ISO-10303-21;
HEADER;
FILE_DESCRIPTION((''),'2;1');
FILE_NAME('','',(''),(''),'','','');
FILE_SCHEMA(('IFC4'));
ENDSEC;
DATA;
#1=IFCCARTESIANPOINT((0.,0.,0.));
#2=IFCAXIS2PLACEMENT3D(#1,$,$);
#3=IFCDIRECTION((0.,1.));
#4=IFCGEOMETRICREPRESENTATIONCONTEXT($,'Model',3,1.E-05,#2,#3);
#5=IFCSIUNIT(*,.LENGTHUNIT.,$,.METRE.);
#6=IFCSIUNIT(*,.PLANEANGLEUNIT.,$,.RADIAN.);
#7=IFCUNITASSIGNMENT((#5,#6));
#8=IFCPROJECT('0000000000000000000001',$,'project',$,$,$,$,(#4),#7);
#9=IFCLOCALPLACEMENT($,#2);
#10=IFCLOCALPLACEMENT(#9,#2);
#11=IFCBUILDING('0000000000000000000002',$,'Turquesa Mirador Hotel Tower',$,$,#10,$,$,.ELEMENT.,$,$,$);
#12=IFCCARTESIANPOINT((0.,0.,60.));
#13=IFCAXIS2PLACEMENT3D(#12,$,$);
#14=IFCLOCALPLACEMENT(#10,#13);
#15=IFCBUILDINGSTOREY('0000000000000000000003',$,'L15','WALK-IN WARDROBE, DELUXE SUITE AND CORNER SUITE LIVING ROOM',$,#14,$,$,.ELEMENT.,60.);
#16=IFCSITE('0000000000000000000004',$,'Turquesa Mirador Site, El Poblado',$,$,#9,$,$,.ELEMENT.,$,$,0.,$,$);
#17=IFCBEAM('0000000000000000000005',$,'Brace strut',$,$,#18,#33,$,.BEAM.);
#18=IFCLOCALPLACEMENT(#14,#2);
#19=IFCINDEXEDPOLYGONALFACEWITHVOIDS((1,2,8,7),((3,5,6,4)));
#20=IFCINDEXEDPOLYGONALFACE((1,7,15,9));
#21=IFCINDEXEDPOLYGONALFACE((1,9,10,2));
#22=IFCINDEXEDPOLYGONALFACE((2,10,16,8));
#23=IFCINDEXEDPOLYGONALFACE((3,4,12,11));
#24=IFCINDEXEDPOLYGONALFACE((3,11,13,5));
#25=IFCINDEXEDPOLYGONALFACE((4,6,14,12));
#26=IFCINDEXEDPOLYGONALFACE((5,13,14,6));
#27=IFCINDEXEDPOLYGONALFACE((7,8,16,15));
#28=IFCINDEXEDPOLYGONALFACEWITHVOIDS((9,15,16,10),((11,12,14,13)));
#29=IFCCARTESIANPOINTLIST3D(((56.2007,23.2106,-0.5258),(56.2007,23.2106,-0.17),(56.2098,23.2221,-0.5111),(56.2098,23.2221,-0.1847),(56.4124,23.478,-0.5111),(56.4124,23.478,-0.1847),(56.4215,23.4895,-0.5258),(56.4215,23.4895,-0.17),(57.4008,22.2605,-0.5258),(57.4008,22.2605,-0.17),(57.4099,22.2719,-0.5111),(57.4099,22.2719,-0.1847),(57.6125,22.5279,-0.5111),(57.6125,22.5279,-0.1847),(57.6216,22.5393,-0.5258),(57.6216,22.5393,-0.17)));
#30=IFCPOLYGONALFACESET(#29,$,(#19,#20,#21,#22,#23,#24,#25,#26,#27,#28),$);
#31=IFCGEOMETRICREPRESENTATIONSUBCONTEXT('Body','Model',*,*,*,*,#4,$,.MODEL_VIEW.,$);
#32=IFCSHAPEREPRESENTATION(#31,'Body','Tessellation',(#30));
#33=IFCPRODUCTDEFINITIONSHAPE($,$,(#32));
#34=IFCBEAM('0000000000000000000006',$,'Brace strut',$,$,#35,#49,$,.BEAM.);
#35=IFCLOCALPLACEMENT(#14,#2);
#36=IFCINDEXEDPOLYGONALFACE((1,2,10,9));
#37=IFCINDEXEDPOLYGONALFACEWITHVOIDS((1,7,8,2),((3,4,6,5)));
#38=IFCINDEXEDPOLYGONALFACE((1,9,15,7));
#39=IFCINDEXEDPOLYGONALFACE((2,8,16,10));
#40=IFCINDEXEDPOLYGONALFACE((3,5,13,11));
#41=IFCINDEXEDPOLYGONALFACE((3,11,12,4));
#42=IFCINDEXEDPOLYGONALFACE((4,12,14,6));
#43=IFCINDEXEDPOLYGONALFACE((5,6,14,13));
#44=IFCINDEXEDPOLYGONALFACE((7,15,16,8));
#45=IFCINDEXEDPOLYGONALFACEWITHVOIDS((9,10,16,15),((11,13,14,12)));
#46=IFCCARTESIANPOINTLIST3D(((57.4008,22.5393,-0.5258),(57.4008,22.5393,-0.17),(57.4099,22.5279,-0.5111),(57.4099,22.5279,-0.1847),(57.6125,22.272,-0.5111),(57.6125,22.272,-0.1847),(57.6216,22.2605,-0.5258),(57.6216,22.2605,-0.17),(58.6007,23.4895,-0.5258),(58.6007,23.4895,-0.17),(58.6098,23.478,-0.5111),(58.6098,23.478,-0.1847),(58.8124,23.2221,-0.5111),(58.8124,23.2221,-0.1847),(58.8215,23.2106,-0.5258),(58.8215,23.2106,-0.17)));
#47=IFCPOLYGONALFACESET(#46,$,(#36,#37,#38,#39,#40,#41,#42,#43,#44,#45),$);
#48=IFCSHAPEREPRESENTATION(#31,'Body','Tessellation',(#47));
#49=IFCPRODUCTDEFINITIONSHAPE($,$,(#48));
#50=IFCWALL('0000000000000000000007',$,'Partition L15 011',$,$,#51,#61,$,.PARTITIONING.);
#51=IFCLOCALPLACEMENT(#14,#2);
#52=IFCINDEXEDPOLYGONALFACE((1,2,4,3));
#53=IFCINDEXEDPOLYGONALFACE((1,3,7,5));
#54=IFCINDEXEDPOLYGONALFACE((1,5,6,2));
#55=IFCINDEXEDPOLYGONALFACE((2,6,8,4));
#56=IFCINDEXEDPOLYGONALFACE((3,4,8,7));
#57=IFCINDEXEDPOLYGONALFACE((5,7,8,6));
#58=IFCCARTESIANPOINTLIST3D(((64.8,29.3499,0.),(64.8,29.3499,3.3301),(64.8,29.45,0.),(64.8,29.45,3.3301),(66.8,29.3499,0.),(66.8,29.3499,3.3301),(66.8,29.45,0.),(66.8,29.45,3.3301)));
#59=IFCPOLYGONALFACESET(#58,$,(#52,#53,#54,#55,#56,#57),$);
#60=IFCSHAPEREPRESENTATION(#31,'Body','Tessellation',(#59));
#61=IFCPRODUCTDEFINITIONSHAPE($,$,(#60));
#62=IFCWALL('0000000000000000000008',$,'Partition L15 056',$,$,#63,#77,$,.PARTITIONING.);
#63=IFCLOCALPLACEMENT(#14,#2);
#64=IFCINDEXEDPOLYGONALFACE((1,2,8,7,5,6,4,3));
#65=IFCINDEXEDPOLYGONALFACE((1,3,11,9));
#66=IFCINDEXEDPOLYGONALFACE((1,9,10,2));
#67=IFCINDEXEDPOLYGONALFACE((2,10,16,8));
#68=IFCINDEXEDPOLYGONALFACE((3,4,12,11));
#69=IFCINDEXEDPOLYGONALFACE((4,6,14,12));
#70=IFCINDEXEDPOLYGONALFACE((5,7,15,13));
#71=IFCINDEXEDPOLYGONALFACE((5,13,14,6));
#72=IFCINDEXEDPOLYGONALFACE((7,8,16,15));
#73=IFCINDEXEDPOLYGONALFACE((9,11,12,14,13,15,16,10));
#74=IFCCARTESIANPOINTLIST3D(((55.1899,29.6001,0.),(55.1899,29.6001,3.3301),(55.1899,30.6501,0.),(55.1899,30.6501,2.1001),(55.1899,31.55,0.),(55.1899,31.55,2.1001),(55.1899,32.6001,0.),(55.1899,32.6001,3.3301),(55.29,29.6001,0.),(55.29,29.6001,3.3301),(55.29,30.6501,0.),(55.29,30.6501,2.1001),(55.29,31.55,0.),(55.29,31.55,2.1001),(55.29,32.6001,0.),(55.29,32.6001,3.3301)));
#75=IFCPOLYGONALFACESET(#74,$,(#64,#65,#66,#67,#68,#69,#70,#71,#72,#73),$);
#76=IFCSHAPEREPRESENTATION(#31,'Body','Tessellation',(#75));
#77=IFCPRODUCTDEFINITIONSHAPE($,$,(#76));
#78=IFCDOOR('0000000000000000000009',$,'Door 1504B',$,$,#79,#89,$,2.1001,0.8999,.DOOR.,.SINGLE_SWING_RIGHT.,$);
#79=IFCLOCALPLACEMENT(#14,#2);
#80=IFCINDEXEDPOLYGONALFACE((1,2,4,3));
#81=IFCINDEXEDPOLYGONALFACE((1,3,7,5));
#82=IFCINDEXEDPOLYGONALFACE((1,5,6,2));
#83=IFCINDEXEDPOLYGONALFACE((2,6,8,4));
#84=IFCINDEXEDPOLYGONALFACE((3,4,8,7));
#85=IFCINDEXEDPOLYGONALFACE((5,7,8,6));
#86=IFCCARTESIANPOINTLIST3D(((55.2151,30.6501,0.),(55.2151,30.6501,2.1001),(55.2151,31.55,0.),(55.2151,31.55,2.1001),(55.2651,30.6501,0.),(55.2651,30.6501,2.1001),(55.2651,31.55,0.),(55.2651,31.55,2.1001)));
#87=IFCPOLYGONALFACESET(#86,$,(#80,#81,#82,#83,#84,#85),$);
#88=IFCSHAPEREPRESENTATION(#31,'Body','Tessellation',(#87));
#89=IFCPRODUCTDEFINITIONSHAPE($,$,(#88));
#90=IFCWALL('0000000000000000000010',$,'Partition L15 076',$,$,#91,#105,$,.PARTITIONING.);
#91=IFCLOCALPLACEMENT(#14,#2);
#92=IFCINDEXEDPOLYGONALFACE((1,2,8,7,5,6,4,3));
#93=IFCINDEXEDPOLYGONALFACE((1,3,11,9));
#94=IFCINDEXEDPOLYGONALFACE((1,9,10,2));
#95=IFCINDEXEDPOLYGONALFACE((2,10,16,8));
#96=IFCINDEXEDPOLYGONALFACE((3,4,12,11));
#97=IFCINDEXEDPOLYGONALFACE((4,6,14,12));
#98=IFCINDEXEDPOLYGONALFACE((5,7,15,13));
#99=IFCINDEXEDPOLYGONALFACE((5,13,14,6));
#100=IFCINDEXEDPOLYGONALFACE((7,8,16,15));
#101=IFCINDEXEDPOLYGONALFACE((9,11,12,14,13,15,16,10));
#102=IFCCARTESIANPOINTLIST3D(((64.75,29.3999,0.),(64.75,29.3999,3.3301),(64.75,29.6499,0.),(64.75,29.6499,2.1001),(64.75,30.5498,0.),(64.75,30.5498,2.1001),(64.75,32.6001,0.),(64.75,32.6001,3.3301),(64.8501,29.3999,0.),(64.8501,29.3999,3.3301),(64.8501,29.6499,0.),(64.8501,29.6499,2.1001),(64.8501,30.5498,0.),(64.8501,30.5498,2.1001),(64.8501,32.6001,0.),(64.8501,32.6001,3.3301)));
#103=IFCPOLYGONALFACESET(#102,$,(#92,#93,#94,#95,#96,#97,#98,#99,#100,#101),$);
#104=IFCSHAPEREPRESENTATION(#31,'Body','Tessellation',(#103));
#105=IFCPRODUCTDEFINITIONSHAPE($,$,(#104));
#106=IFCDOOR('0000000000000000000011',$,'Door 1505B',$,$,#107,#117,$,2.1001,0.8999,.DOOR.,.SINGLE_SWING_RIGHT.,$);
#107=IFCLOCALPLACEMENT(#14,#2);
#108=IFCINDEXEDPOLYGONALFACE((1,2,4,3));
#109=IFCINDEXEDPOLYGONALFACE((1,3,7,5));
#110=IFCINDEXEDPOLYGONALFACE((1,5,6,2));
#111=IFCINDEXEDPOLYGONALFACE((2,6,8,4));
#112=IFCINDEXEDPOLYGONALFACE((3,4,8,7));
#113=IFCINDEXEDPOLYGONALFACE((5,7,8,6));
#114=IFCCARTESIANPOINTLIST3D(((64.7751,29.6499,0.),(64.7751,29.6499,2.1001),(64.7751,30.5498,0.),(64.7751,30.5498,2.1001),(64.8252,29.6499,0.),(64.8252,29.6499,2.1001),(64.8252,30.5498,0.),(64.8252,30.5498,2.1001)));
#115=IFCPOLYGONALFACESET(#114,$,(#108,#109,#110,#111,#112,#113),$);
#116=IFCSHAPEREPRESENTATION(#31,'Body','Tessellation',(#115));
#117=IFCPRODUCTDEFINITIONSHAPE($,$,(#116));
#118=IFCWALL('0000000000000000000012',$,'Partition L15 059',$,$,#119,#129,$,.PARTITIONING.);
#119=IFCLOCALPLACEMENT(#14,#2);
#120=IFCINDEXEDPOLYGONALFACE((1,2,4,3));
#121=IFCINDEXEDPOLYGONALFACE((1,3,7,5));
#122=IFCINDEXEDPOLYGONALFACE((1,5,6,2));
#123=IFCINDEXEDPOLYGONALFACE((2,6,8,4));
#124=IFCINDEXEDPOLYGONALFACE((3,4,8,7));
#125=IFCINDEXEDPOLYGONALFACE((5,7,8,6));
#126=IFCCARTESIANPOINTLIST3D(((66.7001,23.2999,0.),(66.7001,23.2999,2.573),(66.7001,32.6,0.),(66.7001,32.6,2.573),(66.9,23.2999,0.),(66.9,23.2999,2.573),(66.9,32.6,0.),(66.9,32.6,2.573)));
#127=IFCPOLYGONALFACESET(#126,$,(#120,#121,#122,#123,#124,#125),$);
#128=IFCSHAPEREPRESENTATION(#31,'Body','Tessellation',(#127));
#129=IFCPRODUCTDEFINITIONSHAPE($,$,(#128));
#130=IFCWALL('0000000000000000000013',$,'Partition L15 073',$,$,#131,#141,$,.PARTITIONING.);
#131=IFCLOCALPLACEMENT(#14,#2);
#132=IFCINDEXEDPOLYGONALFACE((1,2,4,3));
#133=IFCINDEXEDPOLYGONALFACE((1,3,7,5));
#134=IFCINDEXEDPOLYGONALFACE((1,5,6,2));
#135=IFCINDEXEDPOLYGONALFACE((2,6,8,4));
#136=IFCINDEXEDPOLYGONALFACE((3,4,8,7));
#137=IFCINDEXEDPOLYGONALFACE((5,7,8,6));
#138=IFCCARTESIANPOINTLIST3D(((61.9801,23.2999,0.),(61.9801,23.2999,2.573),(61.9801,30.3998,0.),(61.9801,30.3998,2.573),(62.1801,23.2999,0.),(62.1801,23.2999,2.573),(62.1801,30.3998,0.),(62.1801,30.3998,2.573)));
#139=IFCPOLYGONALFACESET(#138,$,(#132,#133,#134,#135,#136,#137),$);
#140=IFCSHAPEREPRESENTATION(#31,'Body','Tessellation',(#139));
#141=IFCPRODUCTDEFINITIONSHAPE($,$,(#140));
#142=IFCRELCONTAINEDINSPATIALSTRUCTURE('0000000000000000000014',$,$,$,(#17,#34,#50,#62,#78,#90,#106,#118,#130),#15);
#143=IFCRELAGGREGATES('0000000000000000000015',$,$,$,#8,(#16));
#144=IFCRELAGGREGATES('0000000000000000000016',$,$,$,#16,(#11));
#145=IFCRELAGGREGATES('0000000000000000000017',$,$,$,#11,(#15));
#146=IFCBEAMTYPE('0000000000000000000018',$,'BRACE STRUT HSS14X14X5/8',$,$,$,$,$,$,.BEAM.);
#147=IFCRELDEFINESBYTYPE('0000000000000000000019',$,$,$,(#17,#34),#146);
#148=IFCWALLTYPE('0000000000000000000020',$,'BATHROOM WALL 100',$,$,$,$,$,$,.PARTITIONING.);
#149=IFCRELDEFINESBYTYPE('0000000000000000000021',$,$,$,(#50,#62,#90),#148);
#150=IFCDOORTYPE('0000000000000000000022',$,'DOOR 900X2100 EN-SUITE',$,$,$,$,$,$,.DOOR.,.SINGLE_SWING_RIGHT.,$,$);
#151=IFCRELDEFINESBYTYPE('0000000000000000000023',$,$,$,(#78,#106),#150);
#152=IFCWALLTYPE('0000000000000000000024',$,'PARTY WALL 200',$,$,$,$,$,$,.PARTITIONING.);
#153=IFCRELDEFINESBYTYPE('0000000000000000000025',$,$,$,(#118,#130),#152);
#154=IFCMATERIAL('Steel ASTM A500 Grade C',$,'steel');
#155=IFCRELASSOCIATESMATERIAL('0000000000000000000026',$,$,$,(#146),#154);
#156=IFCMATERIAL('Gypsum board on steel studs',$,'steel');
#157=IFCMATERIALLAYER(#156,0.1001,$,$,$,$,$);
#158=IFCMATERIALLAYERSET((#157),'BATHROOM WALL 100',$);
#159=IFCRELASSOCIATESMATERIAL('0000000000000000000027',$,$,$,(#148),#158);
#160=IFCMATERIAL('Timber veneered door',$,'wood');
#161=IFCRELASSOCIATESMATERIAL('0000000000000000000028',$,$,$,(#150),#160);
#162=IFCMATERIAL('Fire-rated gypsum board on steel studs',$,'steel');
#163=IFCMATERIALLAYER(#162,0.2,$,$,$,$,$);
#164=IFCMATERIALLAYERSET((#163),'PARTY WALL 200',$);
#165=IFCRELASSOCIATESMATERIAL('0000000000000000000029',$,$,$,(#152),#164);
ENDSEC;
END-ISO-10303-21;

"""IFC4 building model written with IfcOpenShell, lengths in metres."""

from ifc_helpers import new_model, si_unit, direction, frame, frame_2d, origin, origin_2d, place, context, subcontext, project, spatial, rectangle, hollow_rectangle, extrude, material, layer, layer_set, material_profile, profile_set, type_object, element, fill, save


model = new_model("IFC4")

# Units and contexts
model_context = context("Model", 3, precision=1e-05, world=origin(), true_north=direction((0.0, 1.0)))
body_context = subcontext(model_context, "Body", "Model", "MODEL_VIEW")
ifc_project = project(units=[si_unit("LENGTHUNIT", "METRE"), si_unit("PLANEANGLEUNIT", "RADIAN")], contexts=[model_context])

# Site, building, storey
site_placement = place(None, origin())
site = spatial("IfcSite", under=ifc_project, at=site_placement, Name="Turquesa Mirador Site, El Poblado", CompositionType="ELEMENT", RefElevation=0.0)
building_placement = place(site_placement, origin())
building = spatial("IfcBuilding", under=site, at=building_placement, Name="Turquesa Mirador Hotel Tower", CompositionType="ELEMENT")
storey_placement = place(building_placement, frame((0.0, 0.0, 60.0)))
storey = spatial("IfcBuildingStorey", under=building, at=storey_placement, Name="L15", Description="WALK-IN WARDROBE, DELUXE SUITE AND CORNER SUITE LIVING ROOM", CompositionType="ELEMENT", Elevation=60.0)

# Beams
ifc_material_1 = material(Name="Steel ASTM A500 Grade C", Category="steel")
ifc_material_profile_1 = material_profile(ifc_material_1, hollow_rectangle(XDim=0.3557, YDim=0.3557, WallThickness=0.0146, at=origin_2d()), Name="HSS14X14X5/8")
ifc_profile_set_1 = profile_set([ifc_material_profile_1], Name="Steel ASTM A500 Grade C")
beam_type_1 = type_object("IfcBeamType", Name="BRACE STRUT HSS14X14X5/8", PredefinedType="BEAM", material=ifc_profile_set_1)
beam_1_placement = place(storey_placement, frame((57.5112, 22.3999, -0.3479), z_axis=(-0.784033, 0.620719, 0.0), x_axis=(-0.620719, -0.784033, 0.0)))
element("IfcBeam", 1, at=beam_1_placement, inside=storey, type_object=beam_type_1, Name="Brace strut", PredefinedType="BEAM", context=body_context, shape_type="SweptSolid", body=[
    extrude(hollow_rectangle(XDim=0.3557, YDim=0.3557, WallThickness=0.0146, at=origin_2d()), origin(), (0.0, 0.0, 1.0), 1.5308),
])
beam_2_placement = place(storey_placement, frame((57.5112, 22.3999, -0.3479), z_axis=(0.783971, 0.620797, 0.0), x_axis=(-0.620797, 0.783971, 0.0)))
element("IfcBeam", 2, at=beam_2_placement, inside=storey, type_object=beam_type_1, Name="Brace strut", PredefinedType="BEAM", context=body_context, shape_type="SweptSolid", body=[
    extrude(hollow_rectangle(XDim=0.3557, YDim=0.3557, WallThickness=0.0146, at=origin_2d()), origin(), (0.0, 0.0, 1.0), 1.5305),
])

# Wall
ifc_material_2 = material(Name="Gypsum board on steel studs", Category="steel")
ifc_layer_1 = layer(ifc_material_2, 0.1001)
ifc_layer_set_1 = layer_set([ifc_layer_1], Name="BATHROOM WALL 100")
wall_type_1 = type_object("IfcWallType", Name="BATHROOM WALL 100", PredefinedType="PARTITIONING", material=ifc_layer_set_1)
wall_1_placement = place(storey_placement, frame((64.8, 29.3999, 0.0), z_axis=(0.0, 0.0, 1.0), x_axis=(1.0, 0.0, 0.0)))
element("IfcWall", 3, at=wall_1_placement, inside=storey, type_object=wall_type_1, Name="Partition L15 011", PredefinedType="PARTITIONING", context=body_context, shape_type="SweptSolid", body=[
    extrude(rectangle(XDim=2.0, YDim=0.1001, at=frame_2d((1.0, 0.0))), origin(), (0.0, 0.0, 1.0), 3.3301),
])

# Walls, openings, doors
wall_2_placement = place(storey_placement, frame((55.24, 29.6001, 0.0), z_axis=(0.0, 0.0, 1.0), x_axis=(0.0, 1.0, 0.0)))
wall_2 = element("IfcWall", 4, at=wall_2_placement, inside=storey, type_object=wall_type_1, Name="Partition L15 056", PredefinedType="PARTITIONING", context=body_context, shape_type="SweptSolid", body=[
    extrude(rectangle(XDim=3.0, YDim=0.1001, at=frame_2d((1.5, 0.0))), origin(), (0.0, 0.0, 1.0), 3.3301),
])
opening_1_placement = place(wall_2_placement, frame((1.05, 0.0, 0.0)))
opening_1 = element("IfcOpeningElement", 5, at=opening_1_placement, cuts=wall_2, PredefinedType="OPENING", context=body_context, shape_type="SweptSolid", body=[
    extrude(rectangle(XDim=0.8999, YDim=2.1001, at=frame_2d((0.45, 1.05))), frame((0.0, 0.0601, 0.0), z_axis=(0.0, -1.0, 0.0), x_axis=(1.0, 0.0, 0.0)), (0.0, 0.0, 1.0), 0.1201),
])
ifc_material_3 = material(Name="Timber veneered door", Category="wood")
door_type = type_object("IfcDoorType", Name="DOOR 900X2100 EN-SUITE", OperationType="SINGLE_SWING_RIGHT", PredefinedType="DOOR", material=ifc_material_3)
door_1_placement = place(opening_1_placement, origin())
door_1 = element("IfcDoor", 6, at=door_1_placement, inside=storey, type_object=door_type, Name="Door 1504B", OperationType="SINGLE_SWING_RIGHT", OverallHeight=2.1001, OverallWidth=0.8999, PredefinedType="DOOR", context=body_context, shape_type="SweptSolid", body=[
    extrude(rectangle(XDim=0.8999, YDim=2.1001, at=frame_2d((0.45, 1.05))), frame((0.0, 0.0249, 0.0), z_axis=(0.0, -1.0, 0.0), x_axis=(1.0, 0.0, 0.0)), (0.0, 0.0, 1.0), 0.05),
])
fill(opening_1, door_1)
wall_3_placement = place(storey_placement, frame((64.8, 29.3999, 0.0), z_axis=(0.0, 0.0, 1.0), x_axis=(0.0, 1.0, 0.0)))
wall_3 = element("IfcWall", 7, at=wall_3_placement, inside=storey, type_object=wall_type_1, Name="Partition L15 076", PredefinedType="PARTITIONING", context=body_context, shape_type="SweptSolid", body=[
    extrude(rectangle(XDim=3.2002, YDim=0.1001, at=frame_2d((1.6001, 0.0))), origin(), (0.0, 0.0, 1.0), 3.3301),
])
opening_2_placement = place(wall_3_placement, frame((0.25, 0.0, 0.0)))
opening_2 = element("IfcOpeningElement", 8, at=opening_2_placement, cuts=wall_3, PredefinedType="OPENING", context=body_context, shape_type="SweptSolid", body=[
    extrude(rectangle(XDim=0.8999, YDim=2.1001, at=frame_2d((0.45, 1.05))), frame((0.0, 0.0601, 0.0), z_axis=(0.0, -1.0, 0.0), x_axis=(1.0, 0.0, 0.0)), (0.0, 0.0, 1.0), 0.1201),
])
door_2_placement = place(opening_2_placement, origin())
door_2 = element("IfcDoor", 9, at=door_2_placement, inside=storey, type_object=door_type, Name="Door 1505B", OperationType="SINGLE_SWING_RIGHT", OverallHeight=2.1001, OverallWidth=0.8999, PredefinedType="DOOR", context=body_context, shape_type="SweptSolid", body=[
    extrude(rectangle(XDim=0.8999, YDim=2.1001, at=frame_2d((0.45, 1.05))), frame((0.0, 0.0249, 0.0), z_axis=(0.0, -1.0, 0.0), x_axis=(1.0, 0.0, 0.0)), (0.0, 0.0, 1.0), 0.05),
])
fill(opening_2, door_2)

# Walls
ifc_material_4 = material(Name="Fire-rated gypsum board on steel studs", Category="steel")
ifc_layer_2 = layer(ifc_material_4, 0.2)
ifc_layer_set_2 = layer_set([ifc_layer_2], Name="PARTY WALL 200")
wall_type_2 = type_object("IfcWallType", Name="PARTY WALL 200", PredefinedType="PARTITIONING", material=ifc_layer_set_2)
wall_4_placement = place(storey_placement, frame((66.8, 23.3, 0.0), z_axis=(0.0, 0.0, 1.0), x_axis=(0.0, 1.0, 0.0)))
element("IfcWall", 10, at=wall_4_placement, inside=storey, type_object=wall_type_2, Name="Partition L15 059", PredefinedType="PARTITIONING", context=body_context, shape_type="SweptSolid", body=[
    extrude(rectangle(XDim=9.3, YDim=0.2, at=frame_2d((4.6499, 0.0))), origin(), (0.0, 0.0, 1.0), 2.573),
])
wall_5_placement = place(storey_placement, frame((62.0801, 23.3, 0.0), z_axis=(0.0, 0.0, 1.0), x_axis=(0.0, 1.0, 0.0)))
element("IfcWall", 11, at=wall_5_placement, inside=storey, type_object=wall_type_2, Name="Partition L15 073", PredefinedType="PARTITIONING", context=body_context, shape_type="SweptSolid", body=[
    extrude(rectangle(XDim=7.0999, YDim=0.2, at=frame_2d((3.5498, 0.0))), origin(), (0.0, 0.0, 1.0), 2.573),
])

save(model, "model.ifc")
